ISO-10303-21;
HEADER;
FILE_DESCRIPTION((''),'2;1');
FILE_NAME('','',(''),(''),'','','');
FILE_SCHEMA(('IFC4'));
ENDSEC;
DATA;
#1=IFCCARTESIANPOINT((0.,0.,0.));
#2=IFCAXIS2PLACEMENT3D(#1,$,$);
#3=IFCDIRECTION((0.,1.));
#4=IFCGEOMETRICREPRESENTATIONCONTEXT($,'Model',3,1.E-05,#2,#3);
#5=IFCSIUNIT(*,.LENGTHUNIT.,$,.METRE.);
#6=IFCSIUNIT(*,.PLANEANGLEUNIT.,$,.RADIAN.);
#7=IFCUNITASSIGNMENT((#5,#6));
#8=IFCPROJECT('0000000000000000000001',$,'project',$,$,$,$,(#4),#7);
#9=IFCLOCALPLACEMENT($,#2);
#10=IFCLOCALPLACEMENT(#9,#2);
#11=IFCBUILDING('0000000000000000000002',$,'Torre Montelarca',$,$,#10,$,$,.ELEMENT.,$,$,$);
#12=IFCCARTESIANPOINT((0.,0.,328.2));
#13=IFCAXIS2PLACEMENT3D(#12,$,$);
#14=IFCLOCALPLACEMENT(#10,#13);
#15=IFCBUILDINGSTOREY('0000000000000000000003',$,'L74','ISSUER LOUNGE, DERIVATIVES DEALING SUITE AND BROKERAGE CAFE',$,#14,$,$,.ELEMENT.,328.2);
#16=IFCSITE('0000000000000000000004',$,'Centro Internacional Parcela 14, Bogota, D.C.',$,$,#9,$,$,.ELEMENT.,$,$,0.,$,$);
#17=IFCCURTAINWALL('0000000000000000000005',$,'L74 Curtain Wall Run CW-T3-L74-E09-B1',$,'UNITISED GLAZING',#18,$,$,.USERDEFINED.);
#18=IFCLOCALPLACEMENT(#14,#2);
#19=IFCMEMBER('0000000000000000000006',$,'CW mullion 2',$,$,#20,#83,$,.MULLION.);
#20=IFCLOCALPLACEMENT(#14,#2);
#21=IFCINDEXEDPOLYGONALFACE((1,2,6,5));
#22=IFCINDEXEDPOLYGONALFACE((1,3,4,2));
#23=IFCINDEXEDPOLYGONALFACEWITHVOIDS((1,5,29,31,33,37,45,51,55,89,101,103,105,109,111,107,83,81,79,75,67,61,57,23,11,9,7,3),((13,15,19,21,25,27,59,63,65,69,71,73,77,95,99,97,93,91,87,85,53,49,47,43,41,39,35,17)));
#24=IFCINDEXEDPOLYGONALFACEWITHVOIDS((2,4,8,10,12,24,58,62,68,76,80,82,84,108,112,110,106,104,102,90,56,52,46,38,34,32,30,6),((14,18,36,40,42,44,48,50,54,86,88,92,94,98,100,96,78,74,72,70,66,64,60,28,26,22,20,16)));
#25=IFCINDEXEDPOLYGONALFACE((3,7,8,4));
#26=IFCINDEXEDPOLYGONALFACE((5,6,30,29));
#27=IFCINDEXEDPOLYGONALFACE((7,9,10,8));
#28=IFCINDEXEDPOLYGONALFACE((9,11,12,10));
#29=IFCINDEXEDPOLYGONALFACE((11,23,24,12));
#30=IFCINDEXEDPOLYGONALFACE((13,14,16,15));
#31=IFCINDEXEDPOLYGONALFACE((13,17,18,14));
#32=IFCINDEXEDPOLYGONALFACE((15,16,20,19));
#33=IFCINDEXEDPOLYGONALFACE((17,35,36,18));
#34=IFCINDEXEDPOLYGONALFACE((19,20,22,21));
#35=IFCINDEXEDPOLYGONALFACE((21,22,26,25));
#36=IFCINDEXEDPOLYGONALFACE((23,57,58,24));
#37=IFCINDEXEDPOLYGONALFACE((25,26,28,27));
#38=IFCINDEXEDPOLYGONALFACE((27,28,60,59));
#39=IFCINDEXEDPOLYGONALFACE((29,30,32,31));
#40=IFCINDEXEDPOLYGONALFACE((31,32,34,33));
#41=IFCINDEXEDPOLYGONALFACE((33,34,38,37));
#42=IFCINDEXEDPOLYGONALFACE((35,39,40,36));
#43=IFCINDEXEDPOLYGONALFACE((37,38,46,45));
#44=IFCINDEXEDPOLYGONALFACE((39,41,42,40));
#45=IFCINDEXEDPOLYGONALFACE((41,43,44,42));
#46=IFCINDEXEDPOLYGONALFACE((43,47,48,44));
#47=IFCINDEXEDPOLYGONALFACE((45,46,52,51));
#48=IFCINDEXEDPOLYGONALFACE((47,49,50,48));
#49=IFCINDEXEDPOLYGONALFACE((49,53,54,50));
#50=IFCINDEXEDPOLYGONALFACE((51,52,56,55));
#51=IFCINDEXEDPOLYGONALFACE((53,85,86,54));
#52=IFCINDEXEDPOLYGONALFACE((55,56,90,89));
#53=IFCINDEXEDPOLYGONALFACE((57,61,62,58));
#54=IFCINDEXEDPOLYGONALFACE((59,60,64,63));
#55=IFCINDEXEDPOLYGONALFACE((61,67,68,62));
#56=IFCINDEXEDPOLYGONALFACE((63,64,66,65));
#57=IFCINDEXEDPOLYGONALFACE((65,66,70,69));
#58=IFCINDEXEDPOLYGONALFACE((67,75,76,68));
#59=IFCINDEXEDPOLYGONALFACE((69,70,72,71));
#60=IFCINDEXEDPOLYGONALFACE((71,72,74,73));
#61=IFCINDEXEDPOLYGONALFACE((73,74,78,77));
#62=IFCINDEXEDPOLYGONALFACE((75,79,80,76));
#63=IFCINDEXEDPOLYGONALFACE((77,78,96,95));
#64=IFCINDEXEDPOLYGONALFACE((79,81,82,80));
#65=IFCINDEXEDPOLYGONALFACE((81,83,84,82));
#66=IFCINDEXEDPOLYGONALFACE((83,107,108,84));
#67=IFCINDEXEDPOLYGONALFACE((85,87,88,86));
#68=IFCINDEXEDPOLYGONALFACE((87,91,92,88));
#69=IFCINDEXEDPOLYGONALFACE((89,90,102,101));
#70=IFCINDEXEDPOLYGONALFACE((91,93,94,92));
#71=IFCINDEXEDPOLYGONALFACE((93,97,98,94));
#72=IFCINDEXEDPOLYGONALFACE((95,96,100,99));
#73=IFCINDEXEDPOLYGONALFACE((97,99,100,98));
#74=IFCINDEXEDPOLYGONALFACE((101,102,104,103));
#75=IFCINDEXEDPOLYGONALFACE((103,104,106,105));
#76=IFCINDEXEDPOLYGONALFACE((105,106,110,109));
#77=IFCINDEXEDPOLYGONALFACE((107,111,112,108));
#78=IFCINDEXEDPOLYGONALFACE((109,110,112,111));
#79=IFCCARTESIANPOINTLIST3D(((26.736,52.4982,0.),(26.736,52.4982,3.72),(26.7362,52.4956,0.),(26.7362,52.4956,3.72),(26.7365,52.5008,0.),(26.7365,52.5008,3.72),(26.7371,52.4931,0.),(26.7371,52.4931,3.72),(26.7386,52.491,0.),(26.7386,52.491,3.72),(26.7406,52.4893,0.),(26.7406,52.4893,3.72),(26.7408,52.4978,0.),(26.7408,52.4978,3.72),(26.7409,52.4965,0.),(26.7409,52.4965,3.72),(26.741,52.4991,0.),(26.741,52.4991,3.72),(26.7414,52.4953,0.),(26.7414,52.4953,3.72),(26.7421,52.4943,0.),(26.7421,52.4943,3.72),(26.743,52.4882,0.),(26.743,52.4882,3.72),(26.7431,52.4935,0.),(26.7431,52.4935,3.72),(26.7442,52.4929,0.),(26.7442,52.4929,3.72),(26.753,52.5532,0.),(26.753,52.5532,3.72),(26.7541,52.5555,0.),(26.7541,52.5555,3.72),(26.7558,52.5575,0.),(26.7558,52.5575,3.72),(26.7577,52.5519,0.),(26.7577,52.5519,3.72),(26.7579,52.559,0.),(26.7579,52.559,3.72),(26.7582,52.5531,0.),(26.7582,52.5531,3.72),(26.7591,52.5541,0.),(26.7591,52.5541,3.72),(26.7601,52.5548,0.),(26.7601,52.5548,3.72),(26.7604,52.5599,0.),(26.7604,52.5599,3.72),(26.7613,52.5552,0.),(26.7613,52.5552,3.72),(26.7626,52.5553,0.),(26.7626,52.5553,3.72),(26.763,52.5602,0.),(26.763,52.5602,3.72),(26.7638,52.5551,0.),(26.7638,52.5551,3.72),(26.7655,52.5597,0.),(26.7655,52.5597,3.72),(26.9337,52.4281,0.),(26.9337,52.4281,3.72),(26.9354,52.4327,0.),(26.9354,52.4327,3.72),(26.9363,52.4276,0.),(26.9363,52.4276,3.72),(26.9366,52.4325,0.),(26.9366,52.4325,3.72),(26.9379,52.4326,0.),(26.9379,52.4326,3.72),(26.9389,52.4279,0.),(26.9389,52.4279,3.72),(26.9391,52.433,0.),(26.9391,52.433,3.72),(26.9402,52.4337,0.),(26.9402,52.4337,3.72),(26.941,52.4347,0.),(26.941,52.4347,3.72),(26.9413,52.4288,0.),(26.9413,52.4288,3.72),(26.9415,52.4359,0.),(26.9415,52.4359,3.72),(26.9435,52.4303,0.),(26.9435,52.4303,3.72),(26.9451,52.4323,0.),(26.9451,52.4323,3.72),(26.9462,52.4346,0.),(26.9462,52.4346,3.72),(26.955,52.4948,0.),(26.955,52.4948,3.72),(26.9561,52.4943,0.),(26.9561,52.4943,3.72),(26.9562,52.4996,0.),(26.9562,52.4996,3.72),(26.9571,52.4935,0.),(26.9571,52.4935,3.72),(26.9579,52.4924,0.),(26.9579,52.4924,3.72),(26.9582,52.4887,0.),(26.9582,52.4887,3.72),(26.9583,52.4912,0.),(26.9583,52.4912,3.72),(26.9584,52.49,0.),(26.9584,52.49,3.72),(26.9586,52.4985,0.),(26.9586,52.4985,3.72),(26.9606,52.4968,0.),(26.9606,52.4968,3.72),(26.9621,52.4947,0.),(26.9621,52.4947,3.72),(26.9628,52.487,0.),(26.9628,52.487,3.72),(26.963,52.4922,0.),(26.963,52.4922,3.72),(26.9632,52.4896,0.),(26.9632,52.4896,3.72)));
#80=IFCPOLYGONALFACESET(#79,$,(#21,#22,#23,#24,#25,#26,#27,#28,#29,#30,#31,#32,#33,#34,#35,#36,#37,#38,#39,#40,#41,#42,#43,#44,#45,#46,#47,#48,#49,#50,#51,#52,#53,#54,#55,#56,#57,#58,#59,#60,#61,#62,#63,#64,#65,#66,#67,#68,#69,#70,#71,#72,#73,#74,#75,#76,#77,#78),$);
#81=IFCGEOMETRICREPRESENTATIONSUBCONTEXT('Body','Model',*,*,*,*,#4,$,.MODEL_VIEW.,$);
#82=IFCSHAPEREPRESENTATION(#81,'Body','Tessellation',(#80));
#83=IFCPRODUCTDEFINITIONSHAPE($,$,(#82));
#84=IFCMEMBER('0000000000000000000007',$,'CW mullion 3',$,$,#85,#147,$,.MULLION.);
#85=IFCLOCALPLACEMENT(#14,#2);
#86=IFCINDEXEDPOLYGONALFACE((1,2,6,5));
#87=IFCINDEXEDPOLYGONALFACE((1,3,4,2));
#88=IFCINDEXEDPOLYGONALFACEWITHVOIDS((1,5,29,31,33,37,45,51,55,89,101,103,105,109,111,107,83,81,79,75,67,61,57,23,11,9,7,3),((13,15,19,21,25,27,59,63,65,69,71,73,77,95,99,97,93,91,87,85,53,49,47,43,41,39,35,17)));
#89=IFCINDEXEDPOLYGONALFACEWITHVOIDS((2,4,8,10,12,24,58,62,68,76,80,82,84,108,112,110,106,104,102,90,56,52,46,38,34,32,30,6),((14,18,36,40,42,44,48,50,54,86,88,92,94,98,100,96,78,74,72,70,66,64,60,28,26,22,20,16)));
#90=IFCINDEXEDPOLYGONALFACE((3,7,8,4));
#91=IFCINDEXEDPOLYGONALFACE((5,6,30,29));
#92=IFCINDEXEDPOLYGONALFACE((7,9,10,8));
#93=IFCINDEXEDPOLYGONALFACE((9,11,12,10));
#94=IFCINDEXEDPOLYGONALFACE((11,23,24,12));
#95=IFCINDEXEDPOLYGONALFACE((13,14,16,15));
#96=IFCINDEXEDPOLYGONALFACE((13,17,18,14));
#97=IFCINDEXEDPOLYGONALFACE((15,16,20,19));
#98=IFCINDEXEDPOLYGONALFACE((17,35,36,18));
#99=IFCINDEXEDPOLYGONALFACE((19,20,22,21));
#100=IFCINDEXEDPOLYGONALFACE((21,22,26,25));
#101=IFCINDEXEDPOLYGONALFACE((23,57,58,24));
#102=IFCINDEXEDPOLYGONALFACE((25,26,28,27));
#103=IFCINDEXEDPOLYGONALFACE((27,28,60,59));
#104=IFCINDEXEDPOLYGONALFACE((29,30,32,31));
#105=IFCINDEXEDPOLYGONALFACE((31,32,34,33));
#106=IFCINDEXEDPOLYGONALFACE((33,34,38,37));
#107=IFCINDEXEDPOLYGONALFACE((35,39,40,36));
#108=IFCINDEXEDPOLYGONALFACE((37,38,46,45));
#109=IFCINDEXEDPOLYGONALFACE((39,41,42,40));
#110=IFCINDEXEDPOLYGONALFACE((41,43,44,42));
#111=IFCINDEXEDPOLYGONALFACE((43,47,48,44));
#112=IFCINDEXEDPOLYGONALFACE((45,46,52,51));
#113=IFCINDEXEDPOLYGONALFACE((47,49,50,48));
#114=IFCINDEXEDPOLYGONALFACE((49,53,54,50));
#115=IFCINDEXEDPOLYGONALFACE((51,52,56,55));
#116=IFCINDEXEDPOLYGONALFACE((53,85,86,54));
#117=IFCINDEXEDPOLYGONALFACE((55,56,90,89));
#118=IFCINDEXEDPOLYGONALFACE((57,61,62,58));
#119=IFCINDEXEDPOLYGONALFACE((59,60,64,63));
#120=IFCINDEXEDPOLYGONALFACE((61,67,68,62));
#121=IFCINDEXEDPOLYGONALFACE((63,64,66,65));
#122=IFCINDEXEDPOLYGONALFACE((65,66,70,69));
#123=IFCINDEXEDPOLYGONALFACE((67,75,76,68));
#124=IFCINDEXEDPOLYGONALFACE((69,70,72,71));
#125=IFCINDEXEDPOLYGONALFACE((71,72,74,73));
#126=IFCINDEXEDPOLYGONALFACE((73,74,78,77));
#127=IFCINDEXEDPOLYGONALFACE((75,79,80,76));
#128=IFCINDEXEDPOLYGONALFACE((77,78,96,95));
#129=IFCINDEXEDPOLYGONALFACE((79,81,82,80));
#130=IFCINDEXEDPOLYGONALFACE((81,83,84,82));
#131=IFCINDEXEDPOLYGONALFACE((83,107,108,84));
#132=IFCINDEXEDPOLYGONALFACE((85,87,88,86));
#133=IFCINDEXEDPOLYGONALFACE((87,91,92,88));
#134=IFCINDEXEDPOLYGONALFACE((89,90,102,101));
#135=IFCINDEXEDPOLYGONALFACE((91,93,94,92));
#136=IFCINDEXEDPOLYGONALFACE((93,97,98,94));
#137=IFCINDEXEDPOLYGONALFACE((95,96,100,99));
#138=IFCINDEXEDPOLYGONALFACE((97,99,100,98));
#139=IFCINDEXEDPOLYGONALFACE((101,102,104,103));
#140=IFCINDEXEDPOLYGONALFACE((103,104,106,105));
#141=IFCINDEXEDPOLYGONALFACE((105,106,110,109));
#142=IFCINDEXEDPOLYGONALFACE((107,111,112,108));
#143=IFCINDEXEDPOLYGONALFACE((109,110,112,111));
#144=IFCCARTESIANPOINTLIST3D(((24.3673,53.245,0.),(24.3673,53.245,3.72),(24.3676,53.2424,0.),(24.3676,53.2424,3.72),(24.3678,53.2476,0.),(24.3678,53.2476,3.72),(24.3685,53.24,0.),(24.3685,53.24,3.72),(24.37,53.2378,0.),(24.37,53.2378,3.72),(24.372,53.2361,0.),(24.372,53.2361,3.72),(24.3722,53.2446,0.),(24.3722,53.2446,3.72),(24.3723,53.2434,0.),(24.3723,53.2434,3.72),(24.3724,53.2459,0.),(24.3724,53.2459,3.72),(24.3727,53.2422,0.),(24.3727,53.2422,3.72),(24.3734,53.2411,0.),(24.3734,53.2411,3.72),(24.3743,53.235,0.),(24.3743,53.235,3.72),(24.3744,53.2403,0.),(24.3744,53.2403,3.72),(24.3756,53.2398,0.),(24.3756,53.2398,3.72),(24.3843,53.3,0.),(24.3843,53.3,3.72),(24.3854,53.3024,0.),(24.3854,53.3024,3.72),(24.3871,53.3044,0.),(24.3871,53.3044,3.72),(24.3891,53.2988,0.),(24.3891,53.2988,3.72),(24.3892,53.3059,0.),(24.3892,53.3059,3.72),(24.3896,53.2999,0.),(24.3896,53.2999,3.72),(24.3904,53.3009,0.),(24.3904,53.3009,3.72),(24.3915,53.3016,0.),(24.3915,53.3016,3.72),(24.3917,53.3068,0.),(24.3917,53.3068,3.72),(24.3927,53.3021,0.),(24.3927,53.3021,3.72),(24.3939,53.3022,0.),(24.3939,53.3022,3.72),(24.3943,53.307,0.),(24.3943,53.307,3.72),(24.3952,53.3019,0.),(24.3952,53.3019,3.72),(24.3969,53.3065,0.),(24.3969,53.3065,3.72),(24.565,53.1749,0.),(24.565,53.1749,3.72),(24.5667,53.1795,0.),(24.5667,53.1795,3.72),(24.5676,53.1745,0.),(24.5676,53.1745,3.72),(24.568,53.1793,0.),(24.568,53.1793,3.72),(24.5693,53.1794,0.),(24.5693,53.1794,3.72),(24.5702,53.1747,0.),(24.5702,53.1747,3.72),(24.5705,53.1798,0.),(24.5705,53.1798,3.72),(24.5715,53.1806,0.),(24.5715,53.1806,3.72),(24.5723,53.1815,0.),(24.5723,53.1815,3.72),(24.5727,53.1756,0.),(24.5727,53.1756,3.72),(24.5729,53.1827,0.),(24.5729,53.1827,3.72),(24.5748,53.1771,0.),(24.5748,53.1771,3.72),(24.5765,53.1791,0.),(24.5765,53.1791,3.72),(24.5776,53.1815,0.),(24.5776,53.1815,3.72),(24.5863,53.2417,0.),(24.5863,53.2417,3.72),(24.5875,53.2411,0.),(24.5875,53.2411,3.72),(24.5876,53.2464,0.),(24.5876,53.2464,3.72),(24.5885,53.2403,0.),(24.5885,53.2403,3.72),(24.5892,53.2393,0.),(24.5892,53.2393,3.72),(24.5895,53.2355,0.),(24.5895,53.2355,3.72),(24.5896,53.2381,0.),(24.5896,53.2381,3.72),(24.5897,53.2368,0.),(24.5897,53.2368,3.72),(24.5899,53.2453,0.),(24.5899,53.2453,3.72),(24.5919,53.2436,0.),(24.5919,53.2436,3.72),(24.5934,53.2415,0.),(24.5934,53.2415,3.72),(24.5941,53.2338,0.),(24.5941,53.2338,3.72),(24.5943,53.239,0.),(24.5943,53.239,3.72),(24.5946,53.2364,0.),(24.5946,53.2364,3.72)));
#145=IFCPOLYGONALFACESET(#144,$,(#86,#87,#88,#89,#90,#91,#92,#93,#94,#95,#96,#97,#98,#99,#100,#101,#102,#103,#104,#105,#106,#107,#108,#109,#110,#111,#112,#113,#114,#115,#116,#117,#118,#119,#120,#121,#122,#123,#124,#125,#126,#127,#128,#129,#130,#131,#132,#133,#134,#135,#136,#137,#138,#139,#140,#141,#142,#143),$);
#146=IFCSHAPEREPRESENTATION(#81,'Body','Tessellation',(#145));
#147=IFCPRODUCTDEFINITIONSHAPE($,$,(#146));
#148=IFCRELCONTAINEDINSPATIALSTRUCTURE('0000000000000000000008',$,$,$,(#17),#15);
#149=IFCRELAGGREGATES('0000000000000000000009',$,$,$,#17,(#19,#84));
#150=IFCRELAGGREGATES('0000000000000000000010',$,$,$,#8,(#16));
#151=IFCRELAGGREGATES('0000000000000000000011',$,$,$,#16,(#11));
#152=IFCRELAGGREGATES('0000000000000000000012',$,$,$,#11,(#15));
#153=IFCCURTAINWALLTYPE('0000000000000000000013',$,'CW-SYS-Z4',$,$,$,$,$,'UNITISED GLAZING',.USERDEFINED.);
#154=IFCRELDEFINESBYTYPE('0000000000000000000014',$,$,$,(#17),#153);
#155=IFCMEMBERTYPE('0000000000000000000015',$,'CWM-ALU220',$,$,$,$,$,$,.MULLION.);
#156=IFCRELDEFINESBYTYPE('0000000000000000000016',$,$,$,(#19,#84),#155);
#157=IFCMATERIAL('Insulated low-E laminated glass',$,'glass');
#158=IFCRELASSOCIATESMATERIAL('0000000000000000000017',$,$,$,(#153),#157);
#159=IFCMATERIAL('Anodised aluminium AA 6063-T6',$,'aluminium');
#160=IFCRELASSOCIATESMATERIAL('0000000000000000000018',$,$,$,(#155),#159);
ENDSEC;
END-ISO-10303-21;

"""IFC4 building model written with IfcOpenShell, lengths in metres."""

from ifc_helpers import new_model, si_unit, direction, frame, origin, origin_2d, place, context, subcontext, project, spatial, hollow_rectangle, extrude, source, transform, mapped, material, material_profile, profile_set, type_object, element, aggregate, save


model = new_model("IFC4")

# Units and contexts
model_context = context("Model", 3, precision=1e-05, world=origin(), true_north=direction((0.0, 1.0)))
body_context = subcontext(model_context, "Body", "Model", "MODEL_VIEW")
ifc_project = project(units=[si_unit("LENGTHUNIT", "METRE"), si_unit("PLANEANGLEUNIT", "RADIAN")], contexts=[model_context])

# Site, building, storey
site_placement = place(None, origin())
site = spatial("IfcSite", under=ifc_project, at=site_placement, Name="Centro Internacional Parcela 14, Bogota, D.C.", CompositionType="ELEMENT", RefElevation=0.0)
building_placement = place(site_placement, origin())
building = spatial("IfcBuilding", under=site, at=building_placement, Name="Torre Montelarca", CompositionType="ELEMENT")
storey_placement = place(building_placement, frame((0.0, 0.0, 328.2)))
storey = spatial("IfcBuildingStorey", under=building, at=storey_placement, Name="L74", Description="ISSUER LOUNGE, DERIVATIVES DEALING SUITE AND BROKERAGE CAFE", CompositionType="ELEMENT", Elevation=328.2)

# Curtain wall, members
ifc_material_1 = material(Name="Insulated low-E laminated glass", Category="glass")
curtain_wall_type = type_object("IfcCurtainWallType", Name="CW-SYS-Z4", ElementType="UNITISED GLAZING", PredefinedType="USERDEFINED", material=ifc_material_1)
ifc_material_2 = material(Name="Anodised aluminium AA 6063-T6", Category="aluminium")
ifc_material_profile_1 = material_profile(ifc_material_2, hollow_rectangle(XDim=0.075, YDim=0.22, WallThickness=0.0049, InnerFilletRadius=0.0049, OuterFilletRadius=0.01, at=origin_2d()), Name="ALU75X220X5", Category="aluminium")
ifc_profile_set_1 = profile_set([ifc_material_profile_1], Name="Anodised aluminium AA 6063-T6")
member_type_1 = type_object("IfcMemberType", Name="CWM-ALU220", PredefinedType="MULLION", material=ifc_profile_set_1)
shared_shape_1 = source(origin(), body_context, "Body", "SweptSolid", [
    extrude(hollow_rectangle(XDim=0.075, YDim=0.22, WallThickness=0.0049, InnerFilletRadius=0.0049, OuterFilletRadius=0.01, at=origin_2d()), origin(), (0.0, 0.0, 1.0), 3.72),
])
curtain_wall_1_placement = place(storey_placement, origin())
curtain_wall_1 = element("IfcCurtainWall", 1, at=curtain_wall_1_placement, inside=storey, type_object=curtain_wall_type, Name="L74 Curtain Wall Run CW-T3-L74-E09-B1", ObjectType="UNITISED GLAZING", PredefinedType="USERDEFINED")
member_1_placement = place(storey_placement, frame((26.8496, 52.4939, 0.0), z_axis=(0.0, 0.0, 1.0), x_axis=(-0.300693, -0.953721, 0.0)))
member_1 = element("IfcMember", 2, at=member_1_placement, type_object=member_type_1, Name="CW mullion 2", PredefinedType="MULLION", context=body_context, shape_type="MappedRepresentation", body=[
    mapped(shared_shape_1, transform((0.0, 0.0, 0.0), scale=1.0)),
])
member_2_placement = place(storey_placement, frame((24.481, 53.2407, 0.0), z_axis=(0.0, 0.0, 1.0), x_axis=(-0.300693, -0.953721, 0.0)))
member_2 = element("IfcMember", 3, at=member_2_placement, type_object=member_type_1, Name="CW mullion 3", PredefinedType="MULLION", context=body_context, shape_type="MappedRepresentation", body=[
    mapped(shared_shape_1, transform((0.0, 0.0, 0.0), scale=1.0)),
])

aggregate(curtain_wall_1, [member_1, member_2])

save(model, "model.ifc")
